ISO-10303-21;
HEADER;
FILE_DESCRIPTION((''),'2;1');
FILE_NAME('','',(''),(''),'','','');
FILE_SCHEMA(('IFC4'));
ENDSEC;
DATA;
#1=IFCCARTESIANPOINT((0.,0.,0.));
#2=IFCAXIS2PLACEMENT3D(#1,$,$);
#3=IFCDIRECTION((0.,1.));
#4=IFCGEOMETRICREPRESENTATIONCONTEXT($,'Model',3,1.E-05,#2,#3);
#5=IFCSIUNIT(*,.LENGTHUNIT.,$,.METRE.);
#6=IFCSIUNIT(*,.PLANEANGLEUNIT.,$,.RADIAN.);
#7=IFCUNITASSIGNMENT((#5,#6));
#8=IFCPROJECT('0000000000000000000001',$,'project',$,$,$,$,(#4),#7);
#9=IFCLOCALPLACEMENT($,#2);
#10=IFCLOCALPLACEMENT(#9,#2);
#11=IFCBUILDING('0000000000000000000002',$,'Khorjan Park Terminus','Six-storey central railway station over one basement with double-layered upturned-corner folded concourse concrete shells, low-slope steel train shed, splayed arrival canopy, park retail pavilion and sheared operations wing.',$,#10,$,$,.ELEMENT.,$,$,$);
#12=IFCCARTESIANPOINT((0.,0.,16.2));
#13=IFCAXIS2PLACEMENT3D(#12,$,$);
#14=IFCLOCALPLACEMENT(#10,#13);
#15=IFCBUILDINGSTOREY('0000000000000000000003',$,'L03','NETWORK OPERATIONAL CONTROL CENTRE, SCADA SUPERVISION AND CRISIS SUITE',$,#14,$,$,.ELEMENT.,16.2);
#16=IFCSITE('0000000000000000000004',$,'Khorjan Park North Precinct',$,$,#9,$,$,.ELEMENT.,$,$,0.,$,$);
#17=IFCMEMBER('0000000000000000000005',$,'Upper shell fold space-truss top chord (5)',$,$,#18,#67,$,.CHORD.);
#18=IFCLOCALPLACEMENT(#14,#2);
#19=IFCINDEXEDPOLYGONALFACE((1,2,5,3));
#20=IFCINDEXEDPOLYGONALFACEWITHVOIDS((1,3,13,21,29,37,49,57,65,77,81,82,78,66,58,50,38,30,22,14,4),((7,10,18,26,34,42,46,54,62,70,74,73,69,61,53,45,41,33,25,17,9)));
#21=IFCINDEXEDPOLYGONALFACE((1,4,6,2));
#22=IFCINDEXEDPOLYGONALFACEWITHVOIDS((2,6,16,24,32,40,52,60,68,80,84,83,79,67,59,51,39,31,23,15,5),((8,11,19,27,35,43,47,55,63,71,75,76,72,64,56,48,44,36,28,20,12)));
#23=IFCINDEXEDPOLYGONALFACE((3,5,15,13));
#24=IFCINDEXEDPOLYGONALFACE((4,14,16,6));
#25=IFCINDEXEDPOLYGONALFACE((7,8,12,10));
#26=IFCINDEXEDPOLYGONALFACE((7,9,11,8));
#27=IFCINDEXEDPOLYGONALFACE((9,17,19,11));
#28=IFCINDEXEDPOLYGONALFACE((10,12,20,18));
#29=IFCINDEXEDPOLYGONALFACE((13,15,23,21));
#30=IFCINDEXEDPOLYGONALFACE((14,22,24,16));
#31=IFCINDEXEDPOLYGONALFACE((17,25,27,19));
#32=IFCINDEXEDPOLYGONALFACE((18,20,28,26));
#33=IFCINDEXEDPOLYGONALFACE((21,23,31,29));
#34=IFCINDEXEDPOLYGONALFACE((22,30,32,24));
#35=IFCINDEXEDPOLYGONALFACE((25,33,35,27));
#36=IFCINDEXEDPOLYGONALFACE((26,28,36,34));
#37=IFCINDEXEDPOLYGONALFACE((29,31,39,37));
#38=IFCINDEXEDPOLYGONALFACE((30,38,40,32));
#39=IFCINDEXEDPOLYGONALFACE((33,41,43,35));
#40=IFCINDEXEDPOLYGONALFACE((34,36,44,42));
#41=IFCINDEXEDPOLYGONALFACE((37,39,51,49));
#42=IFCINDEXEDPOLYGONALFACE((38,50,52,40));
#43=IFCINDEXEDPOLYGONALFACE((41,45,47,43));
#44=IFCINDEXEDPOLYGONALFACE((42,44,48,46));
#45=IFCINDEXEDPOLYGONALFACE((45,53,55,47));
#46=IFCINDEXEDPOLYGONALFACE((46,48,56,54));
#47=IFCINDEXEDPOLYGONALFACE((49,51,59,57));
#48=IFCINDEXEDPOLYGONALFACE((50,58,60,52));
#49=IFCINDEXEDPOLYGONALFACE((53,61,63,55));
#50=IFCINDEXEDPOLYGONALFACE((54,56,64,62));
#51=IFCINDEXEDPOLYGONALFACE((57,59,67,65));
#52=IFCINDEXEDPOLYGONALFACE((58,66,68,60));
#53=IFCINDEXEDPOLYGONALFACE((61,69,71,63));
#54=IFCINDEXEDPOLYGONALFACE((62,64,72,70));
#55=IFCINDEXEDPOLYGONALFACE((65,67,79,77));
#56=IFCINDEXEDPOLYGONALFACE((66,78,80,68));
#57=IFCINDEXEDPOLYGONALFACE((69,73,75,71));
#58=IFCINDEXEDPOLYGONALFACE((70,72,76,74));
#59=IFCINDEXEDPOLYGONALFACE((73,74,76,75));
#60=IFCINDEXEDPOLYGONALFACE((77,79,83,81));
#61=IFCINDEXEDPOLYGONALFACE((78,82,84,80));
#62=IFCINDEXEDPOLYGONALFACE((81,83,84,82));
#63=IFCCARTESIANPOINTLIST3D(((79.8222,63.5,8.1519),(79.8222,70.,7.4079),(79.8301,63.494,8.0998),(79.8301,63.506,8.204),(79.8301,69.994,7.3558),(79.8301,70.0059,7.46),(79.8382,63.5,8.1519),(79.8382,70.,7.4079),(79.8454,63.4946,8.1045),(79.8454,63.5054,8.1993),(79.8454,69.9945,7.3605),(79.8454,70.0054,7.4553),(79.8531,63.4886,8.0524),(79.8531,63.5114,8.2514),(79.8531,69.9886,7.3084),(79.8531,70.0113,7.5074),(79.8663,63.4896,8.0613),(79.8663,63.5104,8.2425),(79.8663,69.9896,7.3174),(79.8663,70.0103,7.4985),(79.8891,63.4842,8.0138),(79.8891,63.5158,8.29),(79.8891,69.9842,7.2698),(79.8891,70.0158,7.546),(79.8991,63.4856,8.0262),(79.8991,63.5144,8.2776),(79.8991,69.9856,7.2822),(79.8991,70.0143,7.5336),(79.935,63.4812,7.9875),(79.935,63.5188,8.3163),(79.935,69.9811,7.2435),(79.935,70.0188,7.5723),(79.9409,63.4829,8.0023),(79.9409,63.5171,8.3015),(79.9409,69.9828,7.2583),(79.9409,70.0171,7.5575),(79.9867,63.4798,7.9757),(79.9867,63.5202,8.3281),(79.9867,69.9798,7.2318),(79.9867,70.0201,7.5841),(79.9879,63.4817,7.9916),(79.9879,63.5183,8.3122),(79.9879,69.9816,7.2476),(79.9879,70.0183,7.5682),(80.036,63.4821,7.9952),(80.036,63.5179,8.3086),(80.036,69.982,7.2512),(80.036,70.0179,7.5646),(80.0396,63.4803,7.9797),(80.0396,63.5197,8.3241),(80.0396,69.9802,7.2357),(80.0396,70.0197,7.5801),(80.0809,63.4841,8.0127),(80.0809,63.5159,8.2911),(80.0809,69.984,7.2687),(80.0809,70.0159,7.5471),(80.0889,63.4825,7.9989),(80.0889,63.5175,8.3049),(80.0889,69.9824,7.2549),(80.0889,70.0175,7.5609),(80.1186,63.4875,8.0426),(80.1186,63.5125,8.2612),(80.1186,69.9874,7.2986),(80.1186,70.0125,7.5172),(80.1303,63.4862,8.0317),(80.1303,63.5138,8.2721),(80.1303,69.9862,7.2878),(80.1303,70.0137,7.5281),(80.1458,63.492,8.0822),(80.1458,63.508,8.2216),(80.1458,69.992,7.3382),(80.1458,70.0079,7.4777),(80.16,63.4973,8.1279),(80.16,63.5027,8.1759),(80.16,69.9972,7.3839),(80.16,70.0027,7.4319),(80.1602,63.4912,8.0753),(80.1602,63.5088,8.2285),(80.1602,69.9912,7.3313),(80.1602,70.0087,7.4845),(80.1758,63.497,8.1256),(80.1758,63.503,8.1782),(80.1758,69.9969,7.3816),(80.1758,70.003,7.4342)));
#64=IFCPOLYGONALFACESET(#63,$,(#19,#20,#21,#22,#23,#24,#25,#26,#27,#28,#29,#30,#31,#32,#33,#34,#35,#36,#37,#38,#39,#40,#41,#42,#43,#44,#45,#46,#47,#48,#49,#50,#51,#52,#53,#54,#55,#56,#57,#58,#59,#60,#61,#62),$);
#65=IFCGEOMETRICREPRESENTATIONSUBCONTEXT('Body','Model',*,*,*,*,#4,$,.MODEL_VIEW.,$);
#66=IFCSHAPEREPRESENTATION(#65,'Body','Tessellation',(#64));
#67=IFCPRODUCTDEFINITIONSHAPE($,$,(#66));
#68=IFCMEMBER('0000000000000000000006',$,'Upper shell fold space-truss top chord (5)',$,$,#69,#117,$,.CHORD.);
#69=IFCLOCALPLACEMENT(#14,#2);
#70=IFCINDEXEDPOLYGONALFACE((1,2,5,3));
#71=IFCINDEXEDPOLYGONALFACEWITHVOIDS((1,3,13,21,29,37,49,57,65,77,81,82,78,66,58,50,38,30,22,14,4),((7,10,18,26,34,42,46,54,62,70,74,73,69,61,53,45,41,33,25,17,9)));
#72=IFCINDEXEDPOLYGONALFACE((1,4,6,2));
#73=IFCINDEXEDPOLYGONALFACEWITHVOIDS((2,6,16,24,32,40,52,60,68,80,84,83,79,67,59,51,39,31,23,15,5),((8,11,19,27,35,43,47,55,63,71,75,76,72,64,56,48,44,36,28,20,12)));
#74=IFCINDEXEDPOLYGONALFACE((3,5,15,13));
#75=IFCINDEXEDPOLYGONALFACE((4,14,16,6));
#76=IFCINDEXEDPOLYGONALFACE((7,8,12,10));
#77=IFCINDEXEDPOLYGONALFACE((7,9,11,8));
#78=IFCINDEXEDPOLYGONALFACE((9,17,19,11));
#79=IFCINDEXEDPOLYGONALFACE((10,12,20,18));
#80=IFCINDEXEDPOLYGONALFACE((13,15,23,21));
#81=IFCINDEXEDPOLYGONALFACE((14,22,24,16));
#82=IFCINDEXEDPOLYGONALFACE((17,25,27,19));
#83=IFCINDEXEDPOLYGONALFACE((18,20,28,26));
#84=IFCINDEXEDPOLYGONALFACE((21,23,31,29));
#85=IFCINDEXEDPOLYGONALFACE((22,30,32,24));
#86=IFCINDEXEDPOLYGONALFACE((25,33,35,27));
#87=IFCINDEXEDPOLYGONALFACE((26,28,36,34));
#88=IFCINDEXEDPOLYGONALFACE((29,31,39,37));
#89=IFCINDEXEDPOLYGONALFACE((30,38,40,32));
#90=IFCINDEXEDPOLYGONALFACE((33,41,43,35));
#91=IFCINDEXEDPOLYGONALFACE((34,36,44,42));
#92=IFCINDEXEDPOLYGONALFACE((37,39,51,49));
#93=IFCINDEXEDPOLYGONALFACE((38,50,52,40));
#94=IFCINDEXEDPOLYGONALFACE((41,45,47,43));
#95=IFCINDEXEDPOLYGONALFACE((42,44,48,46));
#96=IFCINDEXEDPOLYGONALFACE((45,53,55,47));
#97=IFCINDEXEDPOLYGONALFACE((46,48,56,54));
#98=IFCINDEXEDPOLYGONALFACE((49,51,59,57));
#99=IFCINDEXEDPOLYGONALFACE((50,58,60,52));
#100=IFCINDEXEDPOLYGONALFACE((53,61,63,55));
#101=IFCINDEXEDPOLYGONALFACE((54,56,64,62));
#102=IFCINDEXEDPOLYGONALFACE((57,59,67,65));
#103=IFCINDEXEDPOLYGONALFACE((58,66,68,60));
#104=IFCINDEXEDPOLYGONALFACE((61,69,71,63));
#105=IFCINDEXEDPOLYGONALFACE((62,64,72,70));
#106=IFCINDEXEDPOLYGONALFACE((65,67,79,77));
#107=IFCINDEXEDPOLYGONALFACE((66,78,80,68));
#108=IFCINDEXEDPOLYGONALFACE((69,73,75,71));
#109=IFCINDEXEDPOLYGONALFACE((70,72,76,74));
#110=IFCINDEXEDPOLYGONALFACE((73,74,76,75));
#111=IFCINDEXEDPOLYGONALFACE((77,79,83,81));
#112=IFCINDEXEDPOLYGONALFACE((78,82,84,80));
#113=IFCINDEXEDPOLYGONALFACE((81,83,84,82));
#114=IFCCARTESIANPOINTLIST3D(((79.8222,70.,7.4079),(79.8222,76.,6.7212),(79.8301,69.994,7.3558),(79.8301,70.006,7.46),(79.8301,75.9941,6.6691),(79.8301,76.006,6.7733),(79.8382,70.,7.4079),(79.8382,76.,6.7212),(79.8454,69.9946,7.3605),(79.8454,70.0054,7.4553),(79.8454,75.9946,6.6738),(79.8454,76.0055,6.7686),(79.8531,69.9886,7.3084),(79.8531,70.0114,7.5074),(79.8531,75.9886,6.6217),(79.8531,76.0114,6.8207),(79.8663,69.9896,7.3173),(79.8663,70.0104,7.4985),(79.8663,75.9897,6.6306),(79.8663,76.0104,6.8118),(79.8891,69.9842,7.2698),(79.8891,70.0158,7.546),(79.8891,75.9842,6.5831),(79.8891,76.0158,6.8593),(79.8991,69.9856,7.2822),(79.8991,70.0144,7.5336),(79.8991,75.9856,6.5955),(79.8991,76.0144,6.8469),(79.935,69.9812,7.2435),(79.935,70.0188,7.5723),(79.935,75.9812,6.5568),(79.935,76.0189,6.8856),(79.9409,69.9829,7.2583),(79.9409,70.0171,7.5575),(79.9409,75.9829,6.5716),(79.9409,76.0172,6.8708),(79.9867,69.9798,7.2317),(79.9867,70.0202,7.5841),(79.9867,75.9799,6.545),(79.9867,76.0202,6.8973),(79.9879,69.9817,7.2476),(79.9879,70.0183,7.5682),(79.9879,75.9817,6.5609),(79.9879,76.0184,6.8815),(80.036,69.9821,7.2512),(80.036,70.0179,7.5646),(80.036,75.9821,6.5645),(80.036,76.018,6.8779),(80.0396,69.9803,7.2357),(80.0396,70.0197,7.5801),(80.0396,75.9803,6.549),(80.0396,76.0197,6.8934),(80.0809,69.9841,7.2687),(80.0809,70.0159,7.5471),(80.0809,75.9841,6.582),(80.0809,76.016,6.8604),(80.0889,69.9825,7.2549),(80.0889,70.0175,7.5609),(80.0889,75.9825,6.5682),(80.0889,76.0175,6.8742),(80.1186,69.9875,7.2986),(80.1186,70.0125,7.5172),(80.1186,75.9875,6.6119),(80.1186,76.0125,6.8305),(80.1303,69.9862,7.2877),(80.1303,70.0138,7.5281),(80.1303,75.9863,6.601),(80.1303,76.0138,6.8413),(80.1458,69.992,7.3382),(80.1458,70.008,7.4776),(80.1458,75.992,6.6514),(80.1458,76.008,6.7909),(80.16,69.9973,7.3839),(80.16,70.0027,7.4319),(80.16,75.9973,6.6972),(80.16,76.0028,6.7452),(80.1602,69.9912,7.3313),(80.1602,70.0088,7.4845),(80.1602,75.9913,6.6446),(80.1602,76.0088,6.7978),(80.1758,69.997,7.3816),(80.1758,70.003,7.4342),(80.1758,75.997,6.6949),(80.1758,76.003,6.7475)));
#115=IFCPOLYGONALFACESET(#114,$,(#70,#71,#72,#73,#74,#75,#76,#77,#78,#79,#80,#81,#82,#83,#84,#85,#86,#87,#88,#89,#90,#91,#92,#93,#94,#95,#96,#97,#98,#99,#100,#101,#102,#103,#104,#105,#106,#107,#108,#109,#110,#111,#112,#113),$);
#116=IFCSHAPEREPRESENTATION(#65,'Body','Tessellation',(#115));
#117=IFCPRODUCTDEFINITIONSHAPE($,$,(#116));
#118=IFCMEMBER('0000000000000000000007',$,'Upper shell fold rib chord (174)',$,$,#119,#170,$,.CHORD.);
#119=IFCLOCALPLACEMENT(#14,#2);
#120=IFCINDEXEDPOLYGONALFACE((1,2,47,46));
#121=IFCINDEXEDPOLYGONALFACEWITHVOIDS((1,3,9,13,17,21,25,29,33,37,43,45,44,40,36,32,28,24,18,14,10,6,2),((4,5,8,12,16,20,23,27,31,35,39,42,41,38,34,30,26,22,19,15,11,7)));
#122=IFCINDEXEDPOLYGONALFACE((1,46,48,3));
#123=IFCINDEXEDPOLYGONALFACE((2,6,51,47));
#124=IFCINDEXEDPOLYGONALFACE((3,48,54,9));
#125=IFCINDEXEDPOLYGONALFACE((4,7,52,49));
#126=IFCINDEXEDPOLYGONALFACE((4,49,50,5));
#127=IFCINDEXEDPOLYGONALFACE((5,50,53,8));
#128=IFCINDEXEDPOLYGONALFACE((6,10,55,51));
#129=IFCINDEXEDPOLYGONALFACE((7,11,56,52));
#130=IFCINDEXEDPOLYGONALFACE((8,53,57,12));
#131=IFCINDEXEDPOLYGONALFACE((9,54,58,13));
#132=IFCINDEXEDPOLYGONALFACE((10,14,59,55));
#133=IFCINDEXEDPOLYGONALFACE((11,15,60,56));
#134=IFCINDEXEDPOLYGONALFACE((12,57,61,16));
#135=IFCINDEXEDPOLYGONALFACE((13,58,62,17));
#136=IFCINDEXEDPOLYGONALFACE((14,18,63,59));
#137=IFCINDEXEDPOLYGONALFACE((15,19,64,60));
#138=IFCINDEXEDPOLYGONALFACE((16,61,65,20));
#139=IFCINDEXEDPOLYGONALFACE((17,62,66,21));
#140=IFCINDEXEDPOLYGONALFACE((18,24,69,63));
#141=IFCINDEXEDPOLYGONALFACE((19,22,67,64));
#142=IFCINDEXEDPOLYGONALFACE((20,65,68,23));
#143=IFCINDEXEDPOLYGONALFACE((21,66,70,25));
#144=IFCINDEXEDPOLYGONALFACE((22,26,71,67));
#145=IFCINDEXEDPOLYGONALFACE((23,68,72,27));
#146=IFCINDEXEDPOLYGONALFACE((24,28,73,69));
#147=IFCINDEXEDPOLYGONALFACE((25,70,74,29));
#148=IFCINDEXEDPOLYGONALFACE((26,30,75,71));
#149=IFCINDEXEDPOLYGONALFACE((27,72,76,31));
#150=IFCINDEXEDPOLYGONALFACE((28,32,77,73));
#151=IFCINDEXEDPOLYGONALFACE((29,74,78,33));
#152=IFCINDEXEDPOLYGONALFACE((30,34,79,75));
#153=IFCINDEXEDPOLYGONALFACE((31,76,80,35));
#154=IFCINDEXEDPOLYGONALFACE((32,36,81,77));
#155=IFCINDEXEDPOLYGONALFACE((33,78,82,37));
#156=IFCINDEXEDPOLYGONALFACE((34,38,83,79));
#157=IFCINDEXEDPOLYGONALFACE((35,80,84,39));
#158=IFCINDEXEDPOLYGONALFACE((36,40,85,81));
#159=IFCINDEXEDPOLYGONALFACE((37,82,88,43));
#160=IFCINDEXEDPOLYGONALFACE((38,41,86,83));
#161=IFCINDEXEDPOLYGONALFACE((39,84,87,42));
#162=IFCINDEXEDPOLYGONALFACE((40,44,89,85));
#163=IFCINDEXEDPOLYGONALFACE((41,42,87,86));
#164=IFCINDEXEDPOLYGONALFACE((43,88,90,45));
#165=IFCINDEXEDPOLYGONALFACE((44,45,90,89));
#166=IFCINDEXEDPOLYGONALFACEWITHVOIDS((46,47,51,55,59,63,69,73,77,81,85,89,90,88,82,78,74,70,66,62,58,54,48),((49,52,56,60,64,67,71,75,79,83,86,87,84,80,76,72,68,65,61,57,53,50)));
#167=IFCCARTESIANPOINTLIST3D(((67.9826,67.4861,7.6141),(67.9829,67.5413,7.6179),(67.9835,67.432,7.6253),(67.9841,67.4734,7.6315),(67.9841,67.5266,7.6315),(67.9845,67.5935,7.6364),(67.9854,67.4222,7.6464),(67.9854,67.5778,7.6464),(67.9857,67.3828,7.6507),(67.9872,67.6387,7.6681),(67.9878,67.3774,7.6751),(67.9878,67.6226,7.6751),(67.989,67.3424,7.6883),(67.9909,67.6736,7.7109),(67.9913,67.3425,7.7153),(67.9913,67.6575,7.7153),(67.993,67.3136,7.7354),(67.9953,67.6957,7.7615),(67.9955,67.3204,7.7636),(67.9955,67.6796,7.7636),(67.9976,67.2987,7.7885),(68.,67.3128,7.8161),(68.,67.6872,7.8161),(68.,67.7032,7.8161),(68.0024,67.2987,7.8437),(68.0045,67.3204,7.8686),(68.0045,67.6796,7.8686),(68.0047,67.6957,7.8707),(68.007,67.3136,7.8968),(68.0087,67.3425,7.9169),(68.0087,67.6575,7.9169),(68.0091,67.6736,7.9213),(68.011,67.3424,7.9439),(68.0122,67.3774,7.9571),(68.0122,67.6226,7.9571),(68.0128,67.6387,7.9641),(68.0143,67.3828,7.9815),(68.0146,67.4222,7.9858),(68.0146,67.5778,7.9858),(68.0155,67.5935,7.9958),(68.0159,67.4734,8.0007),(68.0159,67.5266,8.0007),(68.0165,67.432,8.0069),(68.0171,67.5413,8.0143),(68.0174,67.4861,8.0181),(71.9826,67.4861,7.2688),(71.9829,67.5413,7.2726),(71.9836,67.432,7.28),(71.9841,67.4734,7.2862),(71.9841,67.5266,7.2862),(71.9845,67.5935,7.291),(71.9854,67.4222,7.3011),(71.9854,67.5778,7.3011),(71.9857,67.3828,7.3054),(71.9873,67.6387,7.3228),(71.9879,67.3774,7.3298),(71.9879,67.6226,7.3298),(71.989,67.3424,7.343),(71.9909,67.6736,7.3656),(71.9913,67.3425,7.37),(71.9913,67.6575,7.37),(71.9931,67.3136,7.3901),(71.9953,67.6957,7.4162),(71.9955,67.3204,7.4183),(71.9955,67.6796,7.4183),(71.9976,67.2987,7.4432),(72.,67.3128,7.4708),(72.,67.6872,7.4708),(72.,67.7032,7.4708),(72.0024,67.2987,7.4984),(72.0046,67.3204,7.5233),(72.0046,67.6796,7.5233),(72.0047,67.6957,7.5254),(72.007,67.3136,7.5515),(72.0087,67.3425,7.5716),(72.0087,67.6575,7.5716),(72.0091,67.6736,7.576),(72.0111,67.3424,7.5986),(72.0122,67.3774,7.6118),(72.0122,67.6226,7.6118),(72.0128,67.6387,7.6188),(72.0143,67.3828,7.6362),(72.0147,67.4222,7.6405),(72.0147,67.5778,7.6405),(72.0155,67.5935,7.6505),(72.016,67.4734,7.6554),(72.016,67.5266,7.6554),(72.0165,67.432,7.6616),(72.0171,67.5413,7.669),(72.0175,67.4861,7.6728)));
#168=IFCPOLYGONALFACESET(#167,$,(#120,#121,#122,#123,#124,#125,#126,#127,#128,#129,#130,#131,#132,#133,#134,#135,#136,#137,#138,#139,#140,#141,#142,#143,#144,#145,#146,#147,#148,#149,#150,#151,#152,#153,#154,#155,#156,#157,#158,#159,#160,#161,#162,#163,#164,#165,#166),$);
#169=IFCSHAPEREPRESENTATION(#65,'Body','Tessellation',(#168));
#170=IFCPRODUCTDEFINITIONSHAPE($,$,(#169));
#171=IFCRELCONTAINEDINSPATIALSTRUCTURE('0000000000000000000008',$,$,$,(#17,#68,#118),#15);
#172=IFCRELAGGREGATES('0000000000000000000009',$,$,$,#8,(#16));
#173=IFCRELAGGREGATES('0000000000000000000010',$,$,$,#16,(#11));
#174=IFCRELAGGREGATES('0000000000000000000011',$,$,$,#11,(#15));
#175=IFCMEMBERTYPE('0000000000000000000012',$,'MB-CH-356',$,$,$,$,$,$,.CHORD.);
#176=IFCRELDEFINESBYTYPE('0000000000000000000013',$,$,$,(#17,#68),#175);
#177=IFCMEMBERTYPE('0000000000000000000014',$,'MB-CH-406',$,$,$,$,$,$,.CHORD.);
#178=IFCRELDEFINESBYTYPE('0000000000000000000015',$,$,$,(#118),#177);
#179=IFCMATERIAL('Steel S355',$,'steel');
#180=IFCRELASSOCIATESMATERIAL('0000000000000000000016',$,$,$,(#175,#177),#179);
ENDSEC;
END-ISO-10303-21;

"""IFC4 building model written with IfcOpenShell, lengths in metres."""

from ifc_helpers import new_model, si_unit, direction, frame, origin, origin_2d, place, context, subcontext, project, spatial, hollow_circle, extrude, material, material_profile, profile_set, type_object, element, save


model = new_model("IFC4")

# Units and contexts
model_context = context("Model", 3, precision=1e-05, world=origin(), true_north=direction((0.0, 1.0)))
body_context = subcontext(model_context, "Body", "Model", "MODEL_VIEW")
ifc_project = project(units=[si_unit("LENGTHUNIT", "METRE"), si_unit("PLANEANGLEUNIT", "RADIAN")], contexts=[model_context])

# Site, building, storey
site_placement = place(None, origin())
site = spatial("IfcSite", under=ifc_project, at=site_placement, Name="Khorjan Park North Precinct", CompositionType="ELEMENT", RefElevation=0.0)
building_placement = place(site_placement, origin())
building = spatial("IfcBuilding", under=site, at=building_placement, Name="Khorjan Park Terminus", Description="Six-storey central railway station over one basement with double-layered upturned-corner folded concourse concrete shells, low-slope steel train shed, splayed arrival canopy, park retail pavilion and sheared operations wing.", CompositionType="ELEMENT")
storey_placement = place(building_placement, frame((0.0, 0.0, 16.2)))
storey = spatial("IfcBuildingStorey", under=building, at=storey_placement, Name="L03", Description="NETWORK OPERATIONAL CONTROL CENTRE, SCADA SUPERVISION AND CRISIS SUITE", CompositionType="ELEMENT", Elevation=16.2)

# Members
ifc_material = material(Name="Steel S355", Category="steel")
ifc_material_profile_1 = material_profile(ifc_material, hollow_circle(Radius=0.1778, WallThickness=0.016, at=origin_2d()), Name="CHS 355.6x16")
ifc_profile_set_1 = profile_set([ifc_material_profile_1], Name="Steel S355")
member_type_1 = type_object("IfcMemberType", Name="MB-CH-356", PredefinedType="CHORD", material=ifc_profile_set_1)
member_1_placement = place(storey_placement, frame((80.0, 63.5, 8.1519), z_axis=(0.0, 0.993513, -0.113719), x_axis=(-1.0, 0.0, 0.0)))
element("IfcMember", 1, at=member_1_placement, inside=storey, type_object=member_type_1, Name="Upper shell fold space-truss top chord (5)", PredefinedType="CHORD", context=body_context, shape_type="SweptSolid", body=[
    extrude(hollow_circle(Radius=0.1778, WallThickness=0.016, at=origin_2d()), origin(), (0.0, 0.0, 1.0), 6.5424),
])
member_2_placement = place(storey_placement, frame((80.0, 70.0, 7.4079), z_axis=(0.0, 0.993514, -0.113708), x_axis=(-1.0, 0.0, 0.0)))
element("IfcMember", 2, at=member_2_placement, inside=storey, type_object=member_type_1, Name="Upper shell fold space-truss top chord (5)", PredefinedType="CHORD", context=body_context, shape_type="SweptSolid", body=[
    extrude(hollow_circle(Radius=0.1778, WallThickness=0.016, at=origin_2d()), origin(), (0.0, 0.0, 1.0), 6.0392),
])
ifc_material_profile_2 = material_profile(ifc_material, hollow_circle(Radius=0.2032, WallThickness=0.016, at=origin_2d()), Name="CHS 406.4x16")
ifc_profile_set_2 = profile_set([ifc_material_profile_2], Name="Steel S355")
member_type_2 = type_object("IfcMemberType", Name="MB-CH-406", PredefinedType="CHORD", material=ifc_profile_set_2)
member_3_placement = place(storey_placement, frame((68.0, 67.5, 7.8161), z_axis=(0.996295, 0.0, -0.086005), x_axis=(0.0, 1.0, 0.0)))
element("IfcMember", 3, at=member_3_placement, inside=storey, type_object=member_type_2, Name="Upper shell fold rib chord (174)", PredefinedType="CHORD", context=body_context, shape_type="SweptSolid", body=[
    extrude(hollow_circle(Radius=0.2032, WallThickness=0.016, at=origin_2d()), origin(), (0.0, 0.0, 1.0), 4.0149),
])

save(model, "model.ifc")
